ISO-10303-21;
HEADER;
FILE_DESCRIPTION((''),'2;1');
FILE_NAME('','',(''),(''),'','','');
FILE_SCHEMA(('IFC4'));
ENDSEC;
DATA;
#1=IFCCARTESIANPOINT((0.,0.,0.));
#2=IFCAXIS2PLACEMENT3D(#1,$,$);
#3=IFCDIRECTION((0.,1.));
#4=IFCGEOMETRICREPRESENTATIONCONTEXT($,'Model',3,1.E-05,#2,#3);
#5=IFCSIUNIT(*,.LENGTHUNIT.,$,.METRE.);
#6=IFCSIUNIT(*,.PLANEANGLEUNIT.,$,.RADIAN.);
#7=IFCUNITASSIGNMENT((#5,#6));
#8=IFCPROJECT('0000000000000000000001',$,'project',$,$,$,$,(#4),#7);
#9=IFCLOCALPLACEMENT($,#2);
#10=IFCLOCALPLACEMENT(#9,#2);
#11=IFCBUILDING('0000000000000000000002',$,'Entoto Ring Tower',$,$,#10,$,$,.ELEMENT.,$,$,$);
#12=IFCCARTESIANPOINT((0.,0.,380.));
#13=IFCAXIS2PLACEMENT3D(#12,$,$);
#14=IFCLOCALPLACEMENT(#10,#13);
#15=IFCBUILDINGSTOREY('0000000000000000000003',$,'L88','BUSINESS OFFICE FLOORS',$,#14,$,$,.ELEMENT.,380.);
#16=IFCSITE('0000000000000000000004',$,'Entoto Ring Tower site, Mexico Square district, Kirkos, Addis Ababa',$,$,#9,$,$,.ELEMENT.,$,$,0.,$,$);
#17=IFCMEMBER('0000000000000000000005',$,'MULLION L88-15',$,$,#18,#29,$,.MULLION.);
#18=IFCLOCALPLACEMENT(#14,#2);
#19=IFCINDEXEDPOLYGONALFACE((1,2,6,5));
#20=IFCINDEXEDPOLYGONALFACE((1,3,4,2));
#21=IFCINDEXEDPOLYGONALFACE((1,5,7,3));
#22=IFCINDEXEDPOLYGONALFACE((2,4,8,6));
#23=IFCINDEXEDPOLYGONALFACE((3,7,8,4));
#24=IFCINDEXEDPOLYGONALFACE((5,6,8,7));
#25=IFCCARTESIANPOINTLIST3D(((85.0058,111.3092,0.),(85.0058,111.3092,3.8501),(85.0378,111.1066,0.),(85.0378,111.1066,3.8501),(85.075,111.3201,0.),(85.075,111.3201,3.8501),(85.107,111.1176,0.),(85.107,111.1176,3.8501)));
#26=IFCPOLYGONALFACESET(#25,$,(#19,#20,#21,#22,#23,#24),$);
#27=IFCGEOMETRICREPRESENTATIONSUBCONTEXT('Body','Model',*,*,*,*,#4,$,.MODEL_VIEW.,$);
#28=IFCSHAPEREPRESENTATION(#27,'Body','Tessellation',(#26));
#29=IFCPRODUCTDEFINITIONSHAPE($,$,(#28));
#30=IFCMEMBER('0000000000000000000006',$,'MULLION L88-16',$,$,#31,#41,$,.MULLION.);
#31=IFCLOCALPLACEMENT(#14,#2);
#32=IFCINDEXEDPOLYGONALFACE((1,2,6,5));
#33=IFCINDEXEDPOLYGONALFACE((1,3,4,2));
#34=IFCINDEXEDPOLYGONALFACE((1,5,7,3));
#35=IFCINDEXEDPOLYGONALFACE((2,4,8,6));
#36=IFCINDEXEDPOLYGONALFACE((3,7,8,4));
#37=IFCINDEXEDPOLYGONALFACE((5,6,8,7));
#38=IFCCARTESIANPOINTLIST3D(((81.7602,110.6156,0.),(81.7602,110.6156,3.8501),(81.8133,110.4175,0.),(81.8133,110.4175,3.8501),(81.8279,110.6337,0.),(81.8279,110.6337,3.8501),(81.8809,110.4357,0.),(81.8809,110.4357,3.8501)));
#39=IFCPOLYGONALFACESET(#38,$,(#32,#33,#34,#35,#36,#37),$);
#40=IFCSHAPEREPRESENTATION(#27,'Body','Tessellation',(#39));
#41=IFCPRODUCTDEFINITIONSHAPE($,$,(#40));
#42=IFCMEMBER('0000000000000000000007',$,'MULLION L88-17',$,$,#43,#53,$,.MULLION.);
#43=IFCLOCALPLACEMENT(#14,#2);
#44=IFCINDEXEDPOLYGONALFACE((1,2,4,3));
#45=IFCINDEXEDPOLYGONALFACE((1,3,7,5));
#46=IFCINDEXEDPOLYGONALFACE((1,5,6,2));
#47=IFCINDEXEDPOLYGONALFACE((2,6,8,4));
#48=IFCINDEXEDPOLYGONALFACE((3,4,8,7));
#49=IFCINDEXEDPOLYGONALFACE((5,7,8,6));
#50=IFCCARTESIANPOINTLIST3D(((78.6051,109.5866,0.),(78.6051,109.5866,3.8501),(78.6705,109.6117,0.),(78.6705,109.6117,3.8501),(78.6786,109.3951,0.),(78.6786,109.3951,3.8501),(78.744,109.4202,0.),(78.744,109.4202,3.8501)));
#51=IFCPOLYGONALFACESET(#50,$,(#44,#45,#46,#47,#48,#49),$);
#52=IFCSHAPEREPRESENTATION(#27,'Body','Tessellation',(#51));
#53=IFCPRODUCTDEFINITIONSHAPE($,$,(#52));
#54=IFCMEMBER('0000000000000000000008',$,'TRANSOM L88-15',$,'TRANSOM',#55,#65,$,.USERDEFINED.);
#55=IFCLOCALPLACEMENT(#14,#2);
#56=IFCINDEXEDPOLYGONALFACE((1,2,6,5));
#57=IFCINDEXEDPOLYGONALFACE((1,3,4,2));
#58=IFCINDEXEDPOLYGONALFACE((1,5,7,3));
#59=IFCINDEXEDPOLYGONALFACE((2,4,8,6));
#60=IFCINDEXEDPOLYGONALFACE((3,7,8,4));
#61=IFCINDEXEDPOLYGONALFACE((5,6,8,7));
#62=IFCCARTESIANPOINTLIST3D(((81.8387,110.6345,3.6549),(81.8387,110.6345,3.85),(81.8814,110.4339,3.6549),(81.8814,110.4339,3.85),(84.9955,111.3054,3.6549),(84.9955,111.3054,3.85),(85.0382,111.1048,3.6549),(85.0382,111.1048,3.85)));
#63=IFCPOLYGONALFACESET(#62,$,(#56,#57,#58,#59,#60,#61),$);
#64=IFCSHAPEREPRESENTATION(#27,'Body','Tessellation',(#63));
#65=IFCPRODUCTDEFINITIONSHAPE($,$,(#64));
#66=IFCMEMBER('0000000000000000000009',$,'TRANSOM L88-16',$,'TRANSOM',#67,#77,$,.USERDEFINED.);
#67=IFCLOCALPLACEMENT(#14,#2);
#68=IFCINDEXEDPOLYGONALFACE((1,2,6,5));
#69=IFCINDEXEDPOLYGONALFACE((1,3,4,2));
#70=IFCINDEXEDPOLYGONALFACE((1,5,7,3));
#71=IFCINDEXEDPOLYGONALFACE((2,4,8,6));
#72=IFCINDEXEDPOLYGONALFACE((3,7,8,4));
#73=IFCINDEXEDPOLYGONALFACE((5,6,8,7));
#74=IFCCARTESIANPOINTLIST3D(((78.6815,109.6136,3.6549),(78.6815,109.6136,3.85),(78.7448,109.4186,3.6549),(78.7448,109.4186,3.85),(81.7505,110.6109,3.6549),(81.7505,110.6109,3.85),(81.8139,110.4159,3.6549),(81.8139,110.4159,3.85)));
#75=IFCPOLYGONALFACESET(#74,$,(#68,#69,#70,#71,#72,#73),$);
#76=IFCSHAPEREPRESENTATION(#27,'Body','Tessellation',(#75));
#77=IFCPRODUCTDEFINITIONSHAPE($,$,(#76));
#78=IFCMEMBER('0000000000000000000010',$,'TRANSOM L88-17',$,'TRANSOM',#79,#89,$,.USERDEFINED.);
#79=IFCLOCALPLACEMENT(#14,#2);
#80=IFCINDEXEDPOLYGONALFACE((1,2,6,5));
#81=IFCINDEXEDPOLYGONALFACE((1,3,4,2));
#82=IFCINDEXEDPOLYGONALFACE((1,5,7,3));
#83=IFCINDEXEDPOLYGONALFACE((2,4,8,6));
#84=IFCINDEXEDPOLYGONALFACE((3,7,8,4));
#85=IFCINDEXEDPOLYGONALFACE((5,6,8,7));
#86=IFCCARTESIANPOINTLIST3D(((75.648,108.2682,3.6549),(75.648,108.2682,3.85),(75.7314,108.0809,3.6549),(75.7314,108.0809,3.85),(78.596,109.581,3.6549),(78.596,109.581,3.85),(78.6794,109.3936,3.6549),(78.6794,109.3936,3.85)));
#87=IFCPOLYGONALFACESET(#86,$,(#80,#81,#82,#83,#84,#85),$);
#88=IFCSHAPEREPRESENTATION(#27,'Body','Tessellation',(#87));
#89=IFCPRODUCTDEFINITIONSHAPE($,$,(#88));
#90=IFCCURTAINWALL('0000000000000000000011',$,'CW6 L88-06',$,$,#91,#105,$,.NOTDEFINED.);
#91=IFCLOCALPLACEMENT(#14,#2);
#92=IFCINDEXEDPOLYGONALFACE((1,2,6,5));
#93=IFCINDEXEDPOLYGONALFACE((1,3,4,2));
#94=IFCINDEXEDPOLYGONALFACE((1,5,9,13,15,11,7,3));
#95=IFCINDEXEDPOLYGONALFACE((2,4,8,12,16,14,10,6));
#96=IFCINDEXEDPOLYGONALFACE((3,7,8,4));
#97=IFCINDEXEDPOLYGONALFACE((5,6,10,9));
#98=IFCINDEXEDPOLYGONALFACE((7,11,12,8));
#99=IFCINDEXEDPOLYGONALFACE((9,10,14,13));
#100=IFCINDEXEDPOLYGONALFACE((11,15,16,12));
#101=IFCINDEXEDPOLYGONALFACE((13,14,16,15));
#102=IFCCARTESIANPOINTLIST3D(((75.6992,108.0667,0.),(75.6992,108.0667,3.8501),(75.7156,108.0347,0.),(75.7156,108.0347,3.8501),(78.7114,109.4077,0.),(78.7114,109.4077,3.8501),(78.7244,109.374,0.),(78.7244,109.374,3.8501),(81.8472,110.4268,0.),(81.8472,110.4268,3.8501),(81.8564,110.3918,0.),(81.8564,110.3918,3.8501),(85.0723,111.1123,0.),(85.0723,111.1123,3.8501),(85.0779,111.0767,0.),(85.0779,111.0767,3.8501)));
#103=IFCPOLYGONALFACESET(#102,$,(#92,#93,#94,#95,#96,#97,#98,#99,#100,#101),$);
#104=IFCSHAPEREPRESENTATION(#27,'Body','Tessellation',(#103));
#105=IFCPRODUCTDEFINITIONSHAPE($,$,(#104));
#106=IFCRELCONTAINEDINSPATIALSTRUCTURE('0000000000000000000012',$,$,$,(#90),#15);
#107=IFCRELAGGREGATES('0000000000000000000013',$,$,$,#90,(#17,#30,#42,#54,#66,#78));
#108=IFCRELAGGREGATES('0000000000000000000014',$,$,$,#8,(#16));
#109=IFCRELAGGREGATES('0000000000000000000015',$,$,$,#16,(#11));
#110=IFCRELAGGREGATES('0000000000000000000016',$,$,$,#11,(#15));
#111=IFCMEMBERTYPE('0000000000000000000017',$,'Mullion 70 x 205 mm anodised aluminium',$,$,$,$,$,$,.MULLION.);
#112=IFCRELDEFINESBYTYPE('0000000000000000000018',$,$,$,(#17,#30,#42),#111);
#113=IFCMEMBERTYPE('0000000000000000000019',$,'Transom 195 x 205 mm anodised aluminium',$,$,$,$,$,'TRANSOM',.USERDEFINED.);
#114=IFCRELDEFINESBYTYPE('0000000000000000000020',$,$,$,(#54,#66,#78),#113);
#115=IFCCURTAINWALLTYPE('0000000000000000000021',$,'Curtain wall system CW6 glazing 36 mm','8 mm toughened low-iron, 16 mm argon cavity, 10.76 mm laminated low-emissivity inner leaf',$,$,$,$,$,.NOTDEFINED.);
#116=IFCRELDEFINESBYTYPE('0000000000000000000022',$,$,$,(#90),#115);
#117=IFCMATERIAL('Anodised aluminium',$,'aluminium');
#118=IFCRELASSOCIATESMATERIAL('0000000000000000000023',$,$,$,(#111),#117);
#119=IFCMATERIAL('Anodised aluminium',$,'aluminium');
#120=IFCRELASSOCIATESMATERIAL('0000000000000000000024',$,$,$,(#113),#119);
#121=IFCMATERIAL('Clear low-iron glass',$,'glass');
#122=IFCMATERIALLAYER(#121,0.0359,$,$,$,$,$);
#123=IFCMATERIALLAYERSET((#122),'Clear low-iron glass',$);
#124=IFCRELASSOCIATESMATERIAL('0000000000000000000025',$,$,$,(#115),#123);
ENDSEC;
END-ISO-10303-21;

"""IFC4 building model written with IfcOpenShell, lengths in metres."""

from ifc_helpers import new_model, si_unit, direction, frame, origin, origin_2d, place, context, subcontext, project, spatial, polyline, rectangle, outline, extrude, material, layer, layer_set, material_profile, profile_set, type_object, element, aggregate, save


model = new_model("IFC4")

# Units and contexts
model_context = context("Model", 3, precision=1e-05, world=origin(), true_north=direction((0.0, 1.0)))
body_context = subcontext(model_context, "Body", "Model", "MODEL_VIEW")
ifc_project = project(units=[si_unit("LENGTHUNIT", "METRE"), si_unit("PLANEANGLEUNIT", "RADIAN")], contexts=[model_context])

# Members
ifc_material_1 = material(Name="Anodised aluminium", Category="aluminium")
ifc_material_profile_1 = material_profile(ifc_material_1, rectangle(XDim=0.0701, YDim=0.2051, at=origin_2d()), Name="Mullion 70 x 205 mm anodised aluminium")
ifc_profile_set_1 = profile_set([ifc_material_profile_1], Name="Anodised aluminium")
member_type_1 = type_object("IfcMemberType", Name="Mullion 70 x 205 mm anodised aluminium", PredefinedType="MULLION", material=ifc_profile_set_1)
site_placement = place(None, origin())
building_placement = place(site_placement, origin())
storey_placement = place(building_placement, frame((0.0, 0.0, 380.0)))
member_1_placement = place(storey_placement, frame((85.0564, 111.2134, 0.0), z_axis=(0.0, 0.0, 1.0), x_axis=(-0.987688, -0.156434, 0.0)))
member_1 = element("IfcMember", 1, at=member_1_placement, type_object=member_type_1, Name="MULLION L88-15", PredefinedType="MULLION", context=body_context, shape_type="SweptSolid", body=[
    extrude(rectangle(XDim=0.0701, YDim=0.2051, at=origin_2d()), origin(), (0.0, 0.0, 1.0), 3.8501),
])
member_2_placement = place(storey_placement, frame((81.8206, 110.5256, 0.0), z_axis=(0.0, 0.0, 1.0), x_axis=(-0.965926, -0.258819, 0.0)))
member_2 = element("IfcMember", 2, at=member_2_placement, type_object=member_type_1, Name="MULLION L88-16", PredefinedType="MULLION", context=body_context, shape_type="SweptSolid", body=[
    extrude(rectangle(XDim=0.0701, YDim=0.2051, at=origin_2d()), origin(), (0.0, 0.0, 1.0), 3.8501),
])
member_3_placement = place(storey_placement, frame((78.6746, 109.5034, 0.0), z_axis=(0.0, 0.0, 1.0), x_axis=(-0.93358, -0.358368, 0.0)))
member_3 = element("IfcMember", 3, at=member_3_placement, type_object=member_type_1, Name="MULLION L88-17", PredefinedType="MULLION", context=body_context, shape_type="SweptSolid", body=[
    extrude(rectangle(XDim=0.0701, YDim=0.2051, at=origin_2d()), origin(), (0.0, 0.0, 1.0), 3.8501),
])
ifc_material_2 = material(Name="Anodised aluminium", Category="aluminium")
ifc_material_profile_2 = material_profile(ifc_material_2, rectangle(XDim=0.2051, YDim=0.1951, at=origin_2d()), Name="Transom 195 x 205 mm anodised aluminium")
ifc_profile_set_2 = profile_set([ifc_material_profile_2], Name="Anodised aluminium")
member_type_2 = type_object("IfcMemberType", Name="Transom 195 x 205 mm anodised aluminium", ElementType="TRANSOM", PredefinedType="USERDEFINED", material=ifc_profile_set_2)
member_4_placement = place(storey_placement, frame((85.0168, 111.2051, 3.7524), z_axis=(-0.978153, -0.207886, 0.0), x_axis=(0.207886, -0.978153, 0.0)))
member_4 = element("IfcMember", 4, at=member_4_placement, type_object=member_type_2, Name="TRANSOM L88-15", ObjectType="TRANSOM", PredefinedType="USERDEFINED", context=body_context, shape_type="SweptSolid", body=[
    extrude(rectangle(XDim=0.2051, YDim=0.1951, at=origin_2d()), origin(), (0.0, 0.0, 1.0), 3.2273),
])
member_5_placement = place(storey_placement, frame((81.7822, 110.5134, 3.7524), z_axis=(-0.951047, -0.309047, 0.0), x_axis=(0.309047, -0.951047, 0.0)))
member_5 = element("IfcMember", 5, at=member_5_placement, type_object=member_type_2, Name="TRANSOM L88-16", ObjectType="TRANSOM", PredefinedType="USERDEFINED", context=body_context, shape_type="SweptSolid", body=[
    extrude(rectangle(XDim=0.2051, YDim=0.1951, at=origin_2d()), origin(), (0.0, 0.0, 1.0), 3.2271),
])
member_6_placement = place(storey_placement, frame((78.6377, 109.4873, 3.7524), z_axis=(-0.913521, -0.406791, 0.0), x_axis=(0.406791, -0.913521, 0.0)))
member_6 = element("IfcMember", 6, at=member_6_placement, type_object=member_type_2, Name="TRANSOM L88-17", ObjectType="TRANSOM", PredefinedType="USERDEFINED", context=body_context, shape_type="SweptSolid", body=[
    extrude(rectangle(XDim=0.2051, YDim=0.1951, at=origin_2d()), origin(), (0.0, 0.0, 1.0), 3.2271),
])

# Site, building, storey
site = spatial("IfcSite", under=ifc_project, at=site_placement, Name="Entoto Ring Tower site, Mexico Square district, Kirkos, Addis Ababa", CompositionType="ELEMENT", RefElevation=0.0)
building = spatial("IfcBuilding", under=site, at=building_placement, Name="Entoto Ring Tower", CompositionType="ELEMENT")
storey = spatial("IfcBuildingStorey", under=building, at=storey_placement, Name="L88", Description="BUSINESS OFFICE FLOORS", CompositionType="ELEMENT", Elevation=380.0)

# Curtain wall
ifc_material_3 = material(Name="Clear low-iron glass", Category="glass")
ifc_layer = layer(ifc_material_3, 0.0359)
ifc_layer_set = layer_set([ifc_layer], Name="Clear low-iron glass")
curtain_wall_type = type_object("IfcCurtainWallType", Name="Curtain wall system CW6 glazing 36 mm", Description="8 mm toughened low-iron, 16 mm argon cavity, 10.76 mm laminated low-emissivity inner leaf", PredefinedType="NOTDEFINED", material=ifc_layer_set)
curtain_wall_1_placement = place(storey_placement, origin())
curtain_wall_1 = element("IfcCurtainWall", 7, at=curtain_wall_1_placement, inside=storey, type_object=curtain_wall_type, Name="CW6 L88-06", PredefinedType="NOTDEFINED", context=body_context, shape_type="SweptSolid", body=[
    extrude(outline(polyline([(85.0723, 111.1123), (81.8472, 110.4268), (78.7114, 109.4077), (75.6992, 108.0667), (75.7156, 108.0347), (78.7244, 109.374), (81.8564, 110.3918), (85.0779, 111.0767), (85.0723, 111.1123)])), origin(), (0.0, 0.0, 1.0), 3.8501),
])
aggregate(curtain_wall_1, [member_1, member_2, member_3, member_4, member_5, member_6])

save(model, "model.ifc")
